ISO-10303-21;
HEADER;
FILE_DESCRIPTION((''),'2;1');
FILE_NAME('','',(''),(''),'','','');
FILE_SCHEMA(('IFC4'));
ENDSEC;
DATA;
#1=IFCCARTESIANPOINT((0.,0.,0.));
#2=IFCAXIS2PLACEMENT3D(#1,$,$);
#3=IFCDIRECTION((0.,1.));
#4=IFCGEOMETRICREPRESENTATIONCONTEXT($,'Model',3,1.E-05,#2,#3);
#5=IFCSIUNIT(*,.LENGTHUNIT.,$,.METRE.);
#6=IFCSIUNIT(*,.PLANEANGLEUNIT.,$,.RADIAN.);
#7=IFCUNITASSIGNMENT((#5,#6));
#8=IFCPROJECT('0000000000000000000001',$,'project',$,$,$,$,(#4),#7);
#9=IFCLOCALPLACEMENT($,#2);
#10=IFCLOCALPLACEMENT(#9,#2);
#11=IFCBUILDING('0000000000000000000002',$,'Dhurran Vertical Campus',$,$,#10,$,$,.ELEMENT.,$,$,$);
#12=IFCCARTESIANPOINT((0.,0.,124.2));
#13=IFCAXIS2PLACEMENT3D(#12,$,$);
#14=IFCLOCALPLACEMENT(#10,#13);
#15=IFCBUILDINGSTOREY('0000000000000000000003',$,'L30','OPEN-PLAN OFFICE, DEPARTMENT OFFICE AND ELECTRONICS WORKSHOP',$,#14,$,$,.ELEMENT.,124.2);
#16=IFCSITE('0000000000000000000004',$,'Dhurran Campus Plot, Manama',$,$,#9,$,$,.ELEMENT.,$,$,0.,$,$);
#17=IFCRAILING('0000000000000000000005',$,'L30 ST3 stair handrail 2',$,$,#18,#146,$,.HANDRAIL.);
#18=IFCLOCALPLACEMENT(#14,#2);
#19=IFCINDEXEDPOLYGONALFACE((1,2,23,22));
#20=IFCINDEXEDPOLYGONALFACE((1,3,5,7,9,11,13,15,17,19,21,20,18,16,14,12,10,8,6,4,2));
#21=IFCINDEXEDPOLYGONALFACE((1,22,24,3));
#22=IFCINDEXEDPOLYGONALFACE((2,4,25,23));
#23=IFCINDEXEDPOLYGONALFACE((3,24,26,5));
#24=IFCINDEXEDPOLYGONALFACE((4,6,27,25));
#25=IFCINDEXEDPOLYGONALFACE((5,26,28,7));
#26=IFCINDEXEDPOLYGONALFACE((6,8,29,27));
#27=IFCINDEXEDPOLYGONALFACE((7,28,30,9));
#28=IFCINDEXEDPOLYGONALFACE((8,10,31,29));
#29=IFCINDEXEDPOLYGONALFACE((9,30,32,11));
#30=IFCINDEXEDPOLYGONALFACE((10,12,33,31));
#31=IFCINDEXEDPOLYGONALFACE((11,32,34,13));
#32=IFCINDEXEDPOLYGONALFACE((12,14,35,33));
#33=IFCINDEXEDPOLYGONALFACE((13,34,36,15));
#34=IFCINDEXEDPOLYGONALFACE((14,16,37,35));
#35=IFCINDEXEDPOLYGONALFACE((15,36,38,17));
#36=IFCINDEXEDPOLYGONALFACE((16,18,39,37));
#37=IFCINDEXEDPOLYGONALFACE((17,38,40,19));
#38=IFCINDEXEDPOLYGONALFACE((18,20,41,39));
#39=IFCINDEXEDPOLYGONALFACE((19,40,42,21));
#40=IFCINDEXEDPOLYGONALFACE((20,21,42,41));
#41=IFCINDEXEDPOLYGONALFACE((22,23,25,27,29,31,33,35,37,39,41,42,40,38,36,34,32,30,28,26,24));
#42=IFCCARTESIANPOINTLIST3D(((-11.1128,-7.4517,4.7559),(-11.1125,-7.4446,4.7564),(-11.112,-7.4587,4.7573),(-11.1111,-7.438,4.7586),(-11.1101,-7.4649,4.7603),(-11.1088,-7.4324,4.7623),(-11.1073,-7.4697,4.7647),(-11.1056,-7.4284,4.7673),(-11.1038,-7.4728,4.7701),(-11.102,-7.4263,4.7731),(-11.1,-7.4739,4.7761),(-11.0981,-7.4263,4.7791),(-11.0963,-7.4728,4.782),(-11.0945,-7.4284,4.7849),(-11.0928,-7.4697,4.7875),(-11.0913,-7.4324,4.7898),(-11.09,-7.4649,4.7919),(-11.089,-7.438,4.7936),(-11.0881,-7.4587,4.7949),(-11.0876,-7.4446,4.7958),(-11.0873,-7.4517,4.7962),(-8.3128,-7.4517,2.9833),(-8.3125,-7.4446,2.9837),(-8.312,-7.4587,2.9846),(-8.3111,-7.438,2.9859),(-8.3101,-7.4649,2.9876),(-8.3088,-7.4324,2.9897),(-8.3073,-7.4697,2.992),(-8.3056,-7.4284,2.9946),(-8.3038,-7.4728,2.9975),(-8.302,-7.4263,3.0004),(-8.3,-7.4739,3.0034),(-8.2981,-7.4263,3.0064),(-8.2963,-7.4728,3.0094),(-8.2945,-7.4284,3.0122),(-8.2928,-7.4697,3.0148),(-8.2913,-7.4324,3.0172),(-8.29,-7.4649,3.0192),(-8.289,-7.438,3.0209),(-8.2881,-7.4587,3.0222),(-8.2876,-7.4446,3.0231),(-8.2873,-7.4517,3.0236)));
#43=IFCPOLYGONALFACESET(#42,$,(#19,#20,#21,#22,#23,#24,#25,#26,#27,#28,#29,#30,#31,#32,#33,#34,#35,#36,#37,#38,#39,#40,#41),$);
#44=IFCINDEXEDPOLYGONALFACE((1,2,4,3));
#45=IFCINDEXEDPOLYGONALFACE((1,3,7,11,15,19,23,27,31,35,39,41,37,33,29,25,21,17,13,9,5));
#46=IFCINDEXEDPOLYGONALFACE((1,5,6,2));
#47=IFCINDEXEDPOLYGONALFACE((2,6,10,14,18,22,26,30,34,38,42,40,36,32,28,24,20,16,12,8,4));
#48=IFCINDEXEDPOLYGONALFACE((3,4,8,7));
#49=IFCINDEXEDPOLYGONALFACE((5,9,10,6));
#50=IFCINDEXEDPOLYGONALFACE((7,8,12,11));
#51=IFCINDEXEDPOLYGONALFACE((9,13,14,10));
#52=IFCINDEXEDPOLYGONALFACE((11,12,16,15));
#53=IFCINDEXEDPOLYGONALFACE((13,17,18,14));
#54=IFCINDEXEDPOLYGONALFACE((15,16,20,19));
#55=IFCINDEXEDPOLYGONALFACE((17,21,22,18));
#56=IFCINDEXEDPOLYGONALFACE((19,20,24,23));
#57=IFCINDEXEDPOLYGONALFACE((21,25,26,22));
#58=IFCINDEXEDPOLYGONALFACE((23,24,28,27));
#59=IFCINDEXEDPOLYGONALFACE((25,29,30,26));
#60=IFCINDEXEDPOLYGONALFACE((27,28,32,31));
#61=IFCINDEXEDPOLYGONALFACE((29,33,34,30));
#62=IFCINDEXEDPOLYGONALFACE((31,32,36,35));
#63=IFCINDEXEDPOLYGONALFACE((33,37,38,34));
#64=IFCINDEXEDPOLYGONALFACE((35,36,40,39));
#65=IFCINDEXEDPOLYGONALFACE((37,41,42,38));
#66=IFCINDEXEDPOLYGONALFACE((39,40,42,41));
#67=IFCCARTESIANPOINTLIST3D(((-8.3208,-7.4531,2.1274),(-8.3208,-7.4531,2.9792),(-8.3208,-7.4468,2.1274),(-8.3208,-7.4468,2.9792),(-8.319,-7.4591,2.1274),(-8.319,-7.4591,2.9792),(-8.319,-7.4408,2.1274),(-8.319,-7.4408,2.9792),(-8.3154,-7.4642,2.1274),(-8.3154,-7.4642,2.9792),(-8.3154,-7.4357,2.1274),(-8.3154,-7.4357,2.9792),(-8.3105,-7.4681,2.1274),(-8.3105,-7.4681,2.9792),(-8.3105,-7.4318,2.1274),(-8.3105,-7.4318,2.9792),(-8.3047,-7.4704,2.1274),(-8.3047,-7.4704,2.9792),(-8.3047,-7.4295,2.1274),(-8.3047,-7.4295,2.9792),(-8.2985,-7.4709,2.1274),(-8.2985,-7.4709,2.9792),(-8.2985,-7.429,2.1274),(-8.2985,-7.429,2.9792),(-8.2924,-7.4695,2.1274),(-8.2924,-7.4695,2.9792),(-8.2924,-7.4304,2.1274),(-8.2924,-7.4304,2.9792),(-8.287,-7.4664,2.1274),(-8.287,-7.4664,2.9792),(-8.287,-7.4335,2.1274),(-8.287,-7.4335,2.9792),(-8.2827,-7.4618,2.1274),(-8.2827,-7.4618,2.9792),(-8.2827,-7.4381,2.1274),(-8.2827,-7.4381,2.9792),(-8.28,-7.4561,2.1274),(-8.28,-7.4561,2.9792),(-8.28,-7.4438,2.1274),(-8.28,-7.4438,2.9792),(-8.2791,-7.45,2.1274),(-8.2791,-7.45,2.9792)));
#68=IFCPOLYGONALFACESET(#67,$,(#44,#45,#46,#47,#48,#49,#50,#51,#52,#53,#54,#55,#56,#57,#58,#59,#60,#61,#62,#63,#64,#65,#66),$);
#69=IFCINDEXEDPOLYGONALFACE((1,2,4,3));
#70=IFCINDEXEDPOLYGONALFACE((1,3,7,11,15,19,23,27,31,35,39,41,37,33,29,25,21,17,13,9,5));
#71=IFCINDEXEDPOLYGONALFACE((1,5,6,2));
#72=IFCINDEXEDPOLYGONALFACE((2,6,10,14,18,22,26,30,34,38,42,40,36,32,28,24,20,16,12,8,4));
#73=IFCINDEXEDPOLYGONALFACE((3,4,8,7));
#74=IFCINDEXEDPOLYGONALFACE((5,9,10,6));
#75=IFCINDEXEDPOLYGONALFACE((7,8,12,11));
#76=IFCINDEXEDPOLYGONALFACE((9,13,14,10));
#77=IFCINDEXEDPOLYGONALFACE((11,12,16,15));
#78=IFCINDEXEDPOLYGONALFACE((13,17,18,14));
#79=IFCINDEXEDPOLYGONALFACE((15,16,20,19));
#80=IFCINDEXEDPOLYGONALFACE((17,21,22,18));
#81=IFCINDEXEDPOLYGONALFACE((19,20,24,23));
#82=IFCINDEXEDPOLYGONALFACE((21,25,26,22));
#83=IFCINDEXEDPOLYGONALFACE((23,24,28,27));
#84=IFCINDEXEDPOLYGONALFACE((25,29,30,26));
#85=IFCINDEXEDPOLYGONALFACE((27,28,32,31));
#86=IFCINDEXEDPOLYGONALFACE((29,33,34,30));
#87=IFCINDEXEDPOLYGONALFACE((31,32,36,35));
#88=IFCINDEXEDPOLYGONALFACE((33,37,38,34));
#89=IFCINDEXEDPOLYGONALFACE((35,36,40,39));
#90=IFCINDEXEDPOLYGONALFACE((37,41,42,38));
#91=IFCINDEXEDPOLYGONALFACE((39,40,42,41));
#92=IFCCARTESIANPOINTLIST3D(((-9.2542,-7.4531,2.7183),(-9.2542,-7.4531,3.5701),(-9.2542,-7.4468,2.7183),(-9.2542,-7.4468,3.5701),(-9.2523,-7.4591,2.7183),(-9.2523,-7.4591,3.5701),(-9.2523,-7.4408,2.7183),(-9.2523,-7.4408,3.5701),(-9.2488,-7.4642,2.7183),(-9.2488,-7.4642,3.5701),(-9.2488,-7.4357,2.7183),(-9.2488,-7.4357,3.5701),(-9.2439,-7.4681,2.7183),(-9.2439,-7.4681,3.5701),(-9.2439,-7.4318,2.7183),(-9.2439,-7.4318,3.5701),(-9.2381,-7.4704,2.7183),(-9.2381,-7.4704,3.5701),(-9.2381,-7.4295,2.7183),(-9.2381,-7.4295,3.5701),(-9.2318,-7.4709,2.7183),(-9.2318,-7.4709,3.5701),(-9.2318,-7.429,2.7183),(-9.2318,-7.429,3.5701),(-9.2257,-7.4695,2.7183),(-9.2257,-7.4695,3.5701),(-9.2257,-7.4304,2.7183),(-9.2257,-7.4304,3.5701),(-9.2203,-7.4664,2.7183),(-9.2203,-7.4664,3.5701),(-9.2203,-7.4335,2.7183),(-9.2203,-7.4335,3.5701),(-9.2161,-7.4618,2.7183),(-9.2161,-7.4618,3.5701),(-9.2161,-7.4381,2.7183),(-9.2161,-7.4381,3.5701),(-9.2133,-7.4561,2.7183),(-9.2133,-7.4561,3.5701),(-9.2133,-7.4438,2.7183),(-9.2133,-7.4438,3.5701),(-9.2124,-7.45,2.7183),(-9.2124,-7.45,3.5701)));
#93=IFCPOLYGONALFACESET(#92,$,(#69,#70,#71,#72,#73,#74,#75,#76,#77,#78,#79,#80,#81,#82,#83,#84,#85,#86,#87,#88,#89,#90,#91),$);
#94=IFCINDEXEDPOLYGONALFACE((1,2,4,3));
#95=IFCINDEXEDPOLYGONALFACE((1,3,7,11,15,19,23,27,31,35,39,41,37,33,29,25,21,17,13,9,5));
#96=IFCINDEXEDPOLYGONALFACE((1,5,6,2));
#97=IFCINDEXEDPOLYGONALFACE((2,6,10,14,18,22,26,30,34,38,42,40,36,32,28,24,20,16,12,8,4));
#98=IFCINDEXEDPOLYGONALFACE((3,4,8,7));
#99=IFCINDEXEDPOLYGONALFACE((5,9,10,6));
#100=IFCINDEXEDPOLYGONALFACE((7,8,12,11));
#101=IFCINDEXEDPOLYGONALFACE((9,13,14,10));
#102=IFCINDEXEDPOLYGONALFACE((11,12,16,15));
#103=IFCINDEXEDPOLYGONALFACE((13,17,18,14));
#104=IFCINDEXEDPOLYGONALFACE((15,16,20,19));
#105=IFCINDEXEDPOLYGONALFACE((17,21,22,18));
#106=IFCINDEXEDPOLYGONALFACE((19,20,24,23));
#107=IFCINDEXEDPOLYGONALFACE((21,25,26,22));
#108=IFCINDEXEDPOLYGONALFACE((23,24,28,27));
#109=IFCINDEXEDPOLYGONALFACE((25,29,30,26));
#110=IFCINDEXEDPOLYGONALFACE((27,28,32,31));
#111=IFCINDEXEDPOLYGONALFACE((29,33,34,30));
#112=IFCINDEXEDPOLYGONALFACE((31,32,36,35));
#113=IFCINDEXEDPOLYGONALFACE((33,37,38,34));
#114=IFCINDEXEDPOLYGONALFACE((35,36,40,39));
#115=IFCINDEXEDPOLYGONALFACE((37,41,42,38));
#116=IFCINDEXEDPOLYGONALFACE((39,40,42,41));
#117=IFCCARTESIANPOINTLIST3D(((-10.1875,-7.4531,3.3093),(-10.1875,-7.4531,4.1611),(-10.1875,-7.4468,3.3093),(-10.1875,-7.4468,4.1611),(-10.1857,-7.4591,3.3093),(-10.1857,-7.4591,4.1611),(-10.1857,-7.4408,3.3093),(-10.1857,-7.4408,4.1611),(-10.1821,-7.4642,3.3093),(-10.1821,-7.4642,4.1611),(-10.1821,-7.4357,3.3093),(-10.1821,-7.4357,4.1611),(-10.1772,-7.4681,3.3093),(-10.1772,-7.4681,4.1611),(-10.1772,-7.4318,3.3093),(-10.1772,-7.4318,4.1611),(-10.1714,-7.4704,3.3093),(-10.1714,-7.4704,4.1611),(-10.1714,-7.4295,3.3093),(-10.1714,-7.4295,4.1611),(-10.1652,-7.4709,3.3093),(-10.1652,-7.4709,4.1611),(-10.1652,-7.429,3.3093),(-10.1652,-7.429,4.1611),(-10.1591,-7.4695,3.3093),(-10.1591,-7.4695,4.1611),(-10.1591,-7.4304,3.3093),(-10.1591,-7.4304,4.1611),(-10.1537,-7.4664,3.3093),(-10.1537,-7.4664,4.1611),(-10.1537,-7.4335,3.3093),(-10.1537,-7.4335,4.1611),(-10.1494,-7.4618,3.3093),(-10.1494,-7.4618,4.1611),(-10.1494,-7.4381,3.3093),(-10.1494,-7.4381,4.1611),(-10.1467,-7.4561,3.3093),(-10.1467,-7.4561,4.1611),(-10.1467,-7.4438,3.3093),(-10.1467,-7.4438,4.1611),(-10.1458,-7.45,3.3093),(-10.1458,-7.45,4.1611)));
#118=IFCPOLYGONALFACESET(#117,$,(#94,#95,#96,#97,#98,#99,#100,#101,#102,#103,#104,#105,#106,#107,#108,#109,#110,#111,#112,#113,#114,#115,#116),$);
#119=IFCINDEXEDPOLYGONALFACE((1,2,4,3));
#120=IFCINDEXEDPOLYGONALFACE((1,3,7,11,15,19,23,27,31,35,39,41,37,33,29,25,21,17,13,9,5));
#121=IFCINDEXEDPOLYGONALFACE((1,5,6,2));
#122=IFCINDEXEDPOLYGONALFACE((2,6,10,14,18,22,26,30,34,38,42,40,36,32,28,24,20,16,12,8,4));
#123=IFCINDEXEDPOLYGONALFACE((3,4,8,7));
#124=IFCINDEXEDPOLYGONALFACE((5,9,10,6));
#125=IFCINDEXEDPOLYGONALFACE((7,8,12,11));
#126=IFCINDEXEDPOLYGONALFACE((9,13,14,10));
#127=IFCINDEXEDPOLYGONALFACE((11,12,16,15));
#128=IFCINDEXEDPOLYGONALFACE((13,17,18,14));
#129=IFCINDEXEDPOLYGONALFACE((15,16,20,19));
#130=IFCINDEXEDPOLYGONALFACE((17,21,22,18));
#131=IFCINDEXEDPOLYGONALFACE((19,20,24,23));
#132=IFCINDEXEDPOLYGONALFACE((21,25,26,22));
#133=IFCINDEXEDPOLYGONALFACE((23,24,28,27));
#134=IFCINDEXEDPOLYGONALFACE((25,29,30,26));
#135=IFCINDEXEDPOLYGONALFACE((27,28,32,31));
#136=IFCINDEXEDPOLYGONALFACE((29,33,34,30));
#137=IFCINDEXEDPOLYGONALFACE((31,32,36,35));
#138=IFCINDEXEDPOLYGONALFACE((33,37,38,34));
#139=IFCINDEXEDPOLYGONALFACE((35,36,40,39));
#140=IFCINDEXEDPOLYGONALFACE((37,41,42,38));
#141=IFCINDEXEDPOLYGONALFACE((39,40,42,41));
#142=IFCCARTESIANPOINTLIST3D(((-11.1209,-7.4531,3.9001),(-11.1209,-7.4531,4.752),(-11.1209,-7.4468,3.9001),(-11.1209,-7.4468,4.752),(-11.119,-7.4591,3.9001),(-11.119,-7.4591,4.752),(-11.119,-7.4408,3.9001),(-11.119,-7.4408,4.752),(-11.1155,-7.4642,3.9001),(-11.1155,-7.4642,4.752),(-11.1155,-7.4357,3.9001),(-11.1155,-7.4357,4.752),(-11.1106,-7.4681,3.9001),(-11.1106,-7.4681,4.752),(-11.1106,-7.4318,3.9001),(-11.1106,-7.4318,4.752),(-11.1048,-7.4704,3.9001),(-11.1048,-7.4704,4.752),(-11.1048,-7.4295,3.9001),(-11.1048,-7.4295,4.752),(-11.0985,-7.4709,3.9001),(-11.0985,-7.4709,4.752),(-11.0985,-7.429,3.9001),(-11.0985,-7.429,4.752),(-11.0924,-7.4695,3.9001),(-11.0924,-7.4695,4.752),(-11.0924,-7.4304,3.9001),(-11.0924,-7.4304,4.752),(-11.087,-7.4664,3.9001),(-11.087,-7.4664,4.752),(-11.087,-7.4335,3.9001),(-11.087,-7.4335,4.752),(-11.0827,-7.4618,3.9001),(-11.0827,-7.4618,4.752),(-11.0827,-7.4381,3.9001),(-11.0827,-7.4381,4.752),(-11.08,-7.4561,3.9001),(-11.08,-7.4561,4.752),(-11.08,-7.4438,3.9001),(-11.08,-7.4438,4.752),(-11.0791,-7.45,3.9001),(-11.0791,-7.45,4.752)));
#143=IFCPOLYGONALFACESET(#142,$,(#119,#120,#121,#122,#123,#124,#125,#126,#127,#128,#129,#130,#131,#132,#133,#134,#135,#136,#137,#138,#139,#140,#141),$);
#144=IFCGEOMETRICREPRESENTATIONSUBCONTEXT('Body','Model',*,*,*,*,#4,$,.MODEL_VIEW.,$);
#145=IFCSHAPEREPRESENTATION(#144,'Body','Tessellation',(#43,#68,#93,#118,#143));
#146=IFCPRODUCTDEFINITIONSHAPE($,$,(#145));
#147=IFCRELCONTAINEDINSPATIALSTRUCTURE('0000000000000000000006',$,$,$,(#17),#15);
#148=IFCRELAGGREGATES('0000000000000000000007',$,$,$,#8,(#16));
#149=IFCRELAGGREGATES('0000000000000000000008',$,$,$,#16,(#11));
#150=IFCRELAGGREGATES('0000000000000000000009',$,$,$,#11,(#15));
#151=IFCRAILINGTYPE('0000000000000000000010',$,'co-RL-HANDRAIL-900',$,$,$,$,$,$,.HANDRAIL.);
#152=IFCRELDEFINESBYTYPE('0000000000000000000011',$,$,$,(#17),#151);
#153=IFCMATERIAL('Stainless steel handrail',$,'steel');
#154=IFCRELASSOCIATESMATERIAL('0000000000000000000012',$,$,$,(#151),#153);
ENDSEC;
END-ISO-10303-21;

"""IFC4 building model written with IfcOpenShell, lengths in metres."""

from ifc_helpers import new_model, si_unit, direction, frame, origin, origin_2d, place, context, subcontext, project, spatial, circle, extrude, material, type_object, element, save


model = new_model("IFC4")

# Units and contexts
model_context = context("Model", 3, precision=1e-05, world=origin(), true_north=direction((0.0, 1.0)))
body_context = subcontext(model_context, "Body", "Model", "MODEL_VIEW")
ifc_project = project(units=[si_unit("LENGTHUNIT", "METRE"), si_unit("PLANEANGLEUNIT", "RADIAN")], contexts=[model_context])

# Site, building, storey
site_placement = place(None, origin())
site = spatial("IfcSite", under=ifc_project, at=site_placement, Name="Dhurran Campus Plot, Manama", CompositionType="ELEMENT", RefElevation=0.0)
building_placement = place(site_placement, origin())
building = spatial("IfcBuilding", under=site, at=building_placement, Name="Dhurran Vertical Campus", CompositionType="ELEMENT")
storey_placement = place(building_placement, frame((0.0, 0.0, 124.2)))
storey = spatial("IfcBuildingStorey", under=building, at=storey_placement, Name="L30", Description="OPEN-PLAN OFFICE, DEPARTMENT OFFICE AND ELECTRONICS WORKSHOP", CompositionType="ELEMENT", Elevation=124.2)

# Railing
ifc_material_1 = material(Name="Stainless steel handrail", Category="steel")
railing_type_1 = type_object("IfcRailingType", Name="co-RL-HANDRAIL-900", PredefinedType="HANDRAIL", material=ifc_material_1)
railing_1_placement = place(storey_placement, frame((-8.3, -7.45, 2.1274)))
element("IfcRailing", 1, at=railing_1_placement, inside=storey, type_object=railing_type_1, Name="L30 ST3 stair handrail 2", PredefinedType="HANDRAIL", context=body_context, shape_type="SweptSolid", body=[
    extrude(circle(Radius=0.0239, at=origin_2d()), frame((0.0, 0.0, 0.876), z_axis=(-0.844909, 0.0, 0.53491), x_axis=(0.0, -1.0, 0.0)), (0.0, 0.0, 1.0), 3.314),
    extrude(circle(Radius=0.021, at=origin_2d()), origin(), (0.0, 0.0, 1.0), 0.8518),
    extrude(circle(Radius=0.021, at=origin_2d()), frame((-0.9333, 0.0, 0.5908)), (0.0, 0.0, 1.0), 0.8518),
    extrude(circle(Radius=0.021, at=origin_2d()), frame((-1.8667, 0.0, 1.1819)), (0.0, 0.0, 1.0), 0.8518),
    extrude(circle(Radius=0.021, at=origin_2d()), frame((-2.8, 0.0, 1.7727)), (0.0, 0.0, 1.0), 0.8518),
])

save(model, "model.ifc")
